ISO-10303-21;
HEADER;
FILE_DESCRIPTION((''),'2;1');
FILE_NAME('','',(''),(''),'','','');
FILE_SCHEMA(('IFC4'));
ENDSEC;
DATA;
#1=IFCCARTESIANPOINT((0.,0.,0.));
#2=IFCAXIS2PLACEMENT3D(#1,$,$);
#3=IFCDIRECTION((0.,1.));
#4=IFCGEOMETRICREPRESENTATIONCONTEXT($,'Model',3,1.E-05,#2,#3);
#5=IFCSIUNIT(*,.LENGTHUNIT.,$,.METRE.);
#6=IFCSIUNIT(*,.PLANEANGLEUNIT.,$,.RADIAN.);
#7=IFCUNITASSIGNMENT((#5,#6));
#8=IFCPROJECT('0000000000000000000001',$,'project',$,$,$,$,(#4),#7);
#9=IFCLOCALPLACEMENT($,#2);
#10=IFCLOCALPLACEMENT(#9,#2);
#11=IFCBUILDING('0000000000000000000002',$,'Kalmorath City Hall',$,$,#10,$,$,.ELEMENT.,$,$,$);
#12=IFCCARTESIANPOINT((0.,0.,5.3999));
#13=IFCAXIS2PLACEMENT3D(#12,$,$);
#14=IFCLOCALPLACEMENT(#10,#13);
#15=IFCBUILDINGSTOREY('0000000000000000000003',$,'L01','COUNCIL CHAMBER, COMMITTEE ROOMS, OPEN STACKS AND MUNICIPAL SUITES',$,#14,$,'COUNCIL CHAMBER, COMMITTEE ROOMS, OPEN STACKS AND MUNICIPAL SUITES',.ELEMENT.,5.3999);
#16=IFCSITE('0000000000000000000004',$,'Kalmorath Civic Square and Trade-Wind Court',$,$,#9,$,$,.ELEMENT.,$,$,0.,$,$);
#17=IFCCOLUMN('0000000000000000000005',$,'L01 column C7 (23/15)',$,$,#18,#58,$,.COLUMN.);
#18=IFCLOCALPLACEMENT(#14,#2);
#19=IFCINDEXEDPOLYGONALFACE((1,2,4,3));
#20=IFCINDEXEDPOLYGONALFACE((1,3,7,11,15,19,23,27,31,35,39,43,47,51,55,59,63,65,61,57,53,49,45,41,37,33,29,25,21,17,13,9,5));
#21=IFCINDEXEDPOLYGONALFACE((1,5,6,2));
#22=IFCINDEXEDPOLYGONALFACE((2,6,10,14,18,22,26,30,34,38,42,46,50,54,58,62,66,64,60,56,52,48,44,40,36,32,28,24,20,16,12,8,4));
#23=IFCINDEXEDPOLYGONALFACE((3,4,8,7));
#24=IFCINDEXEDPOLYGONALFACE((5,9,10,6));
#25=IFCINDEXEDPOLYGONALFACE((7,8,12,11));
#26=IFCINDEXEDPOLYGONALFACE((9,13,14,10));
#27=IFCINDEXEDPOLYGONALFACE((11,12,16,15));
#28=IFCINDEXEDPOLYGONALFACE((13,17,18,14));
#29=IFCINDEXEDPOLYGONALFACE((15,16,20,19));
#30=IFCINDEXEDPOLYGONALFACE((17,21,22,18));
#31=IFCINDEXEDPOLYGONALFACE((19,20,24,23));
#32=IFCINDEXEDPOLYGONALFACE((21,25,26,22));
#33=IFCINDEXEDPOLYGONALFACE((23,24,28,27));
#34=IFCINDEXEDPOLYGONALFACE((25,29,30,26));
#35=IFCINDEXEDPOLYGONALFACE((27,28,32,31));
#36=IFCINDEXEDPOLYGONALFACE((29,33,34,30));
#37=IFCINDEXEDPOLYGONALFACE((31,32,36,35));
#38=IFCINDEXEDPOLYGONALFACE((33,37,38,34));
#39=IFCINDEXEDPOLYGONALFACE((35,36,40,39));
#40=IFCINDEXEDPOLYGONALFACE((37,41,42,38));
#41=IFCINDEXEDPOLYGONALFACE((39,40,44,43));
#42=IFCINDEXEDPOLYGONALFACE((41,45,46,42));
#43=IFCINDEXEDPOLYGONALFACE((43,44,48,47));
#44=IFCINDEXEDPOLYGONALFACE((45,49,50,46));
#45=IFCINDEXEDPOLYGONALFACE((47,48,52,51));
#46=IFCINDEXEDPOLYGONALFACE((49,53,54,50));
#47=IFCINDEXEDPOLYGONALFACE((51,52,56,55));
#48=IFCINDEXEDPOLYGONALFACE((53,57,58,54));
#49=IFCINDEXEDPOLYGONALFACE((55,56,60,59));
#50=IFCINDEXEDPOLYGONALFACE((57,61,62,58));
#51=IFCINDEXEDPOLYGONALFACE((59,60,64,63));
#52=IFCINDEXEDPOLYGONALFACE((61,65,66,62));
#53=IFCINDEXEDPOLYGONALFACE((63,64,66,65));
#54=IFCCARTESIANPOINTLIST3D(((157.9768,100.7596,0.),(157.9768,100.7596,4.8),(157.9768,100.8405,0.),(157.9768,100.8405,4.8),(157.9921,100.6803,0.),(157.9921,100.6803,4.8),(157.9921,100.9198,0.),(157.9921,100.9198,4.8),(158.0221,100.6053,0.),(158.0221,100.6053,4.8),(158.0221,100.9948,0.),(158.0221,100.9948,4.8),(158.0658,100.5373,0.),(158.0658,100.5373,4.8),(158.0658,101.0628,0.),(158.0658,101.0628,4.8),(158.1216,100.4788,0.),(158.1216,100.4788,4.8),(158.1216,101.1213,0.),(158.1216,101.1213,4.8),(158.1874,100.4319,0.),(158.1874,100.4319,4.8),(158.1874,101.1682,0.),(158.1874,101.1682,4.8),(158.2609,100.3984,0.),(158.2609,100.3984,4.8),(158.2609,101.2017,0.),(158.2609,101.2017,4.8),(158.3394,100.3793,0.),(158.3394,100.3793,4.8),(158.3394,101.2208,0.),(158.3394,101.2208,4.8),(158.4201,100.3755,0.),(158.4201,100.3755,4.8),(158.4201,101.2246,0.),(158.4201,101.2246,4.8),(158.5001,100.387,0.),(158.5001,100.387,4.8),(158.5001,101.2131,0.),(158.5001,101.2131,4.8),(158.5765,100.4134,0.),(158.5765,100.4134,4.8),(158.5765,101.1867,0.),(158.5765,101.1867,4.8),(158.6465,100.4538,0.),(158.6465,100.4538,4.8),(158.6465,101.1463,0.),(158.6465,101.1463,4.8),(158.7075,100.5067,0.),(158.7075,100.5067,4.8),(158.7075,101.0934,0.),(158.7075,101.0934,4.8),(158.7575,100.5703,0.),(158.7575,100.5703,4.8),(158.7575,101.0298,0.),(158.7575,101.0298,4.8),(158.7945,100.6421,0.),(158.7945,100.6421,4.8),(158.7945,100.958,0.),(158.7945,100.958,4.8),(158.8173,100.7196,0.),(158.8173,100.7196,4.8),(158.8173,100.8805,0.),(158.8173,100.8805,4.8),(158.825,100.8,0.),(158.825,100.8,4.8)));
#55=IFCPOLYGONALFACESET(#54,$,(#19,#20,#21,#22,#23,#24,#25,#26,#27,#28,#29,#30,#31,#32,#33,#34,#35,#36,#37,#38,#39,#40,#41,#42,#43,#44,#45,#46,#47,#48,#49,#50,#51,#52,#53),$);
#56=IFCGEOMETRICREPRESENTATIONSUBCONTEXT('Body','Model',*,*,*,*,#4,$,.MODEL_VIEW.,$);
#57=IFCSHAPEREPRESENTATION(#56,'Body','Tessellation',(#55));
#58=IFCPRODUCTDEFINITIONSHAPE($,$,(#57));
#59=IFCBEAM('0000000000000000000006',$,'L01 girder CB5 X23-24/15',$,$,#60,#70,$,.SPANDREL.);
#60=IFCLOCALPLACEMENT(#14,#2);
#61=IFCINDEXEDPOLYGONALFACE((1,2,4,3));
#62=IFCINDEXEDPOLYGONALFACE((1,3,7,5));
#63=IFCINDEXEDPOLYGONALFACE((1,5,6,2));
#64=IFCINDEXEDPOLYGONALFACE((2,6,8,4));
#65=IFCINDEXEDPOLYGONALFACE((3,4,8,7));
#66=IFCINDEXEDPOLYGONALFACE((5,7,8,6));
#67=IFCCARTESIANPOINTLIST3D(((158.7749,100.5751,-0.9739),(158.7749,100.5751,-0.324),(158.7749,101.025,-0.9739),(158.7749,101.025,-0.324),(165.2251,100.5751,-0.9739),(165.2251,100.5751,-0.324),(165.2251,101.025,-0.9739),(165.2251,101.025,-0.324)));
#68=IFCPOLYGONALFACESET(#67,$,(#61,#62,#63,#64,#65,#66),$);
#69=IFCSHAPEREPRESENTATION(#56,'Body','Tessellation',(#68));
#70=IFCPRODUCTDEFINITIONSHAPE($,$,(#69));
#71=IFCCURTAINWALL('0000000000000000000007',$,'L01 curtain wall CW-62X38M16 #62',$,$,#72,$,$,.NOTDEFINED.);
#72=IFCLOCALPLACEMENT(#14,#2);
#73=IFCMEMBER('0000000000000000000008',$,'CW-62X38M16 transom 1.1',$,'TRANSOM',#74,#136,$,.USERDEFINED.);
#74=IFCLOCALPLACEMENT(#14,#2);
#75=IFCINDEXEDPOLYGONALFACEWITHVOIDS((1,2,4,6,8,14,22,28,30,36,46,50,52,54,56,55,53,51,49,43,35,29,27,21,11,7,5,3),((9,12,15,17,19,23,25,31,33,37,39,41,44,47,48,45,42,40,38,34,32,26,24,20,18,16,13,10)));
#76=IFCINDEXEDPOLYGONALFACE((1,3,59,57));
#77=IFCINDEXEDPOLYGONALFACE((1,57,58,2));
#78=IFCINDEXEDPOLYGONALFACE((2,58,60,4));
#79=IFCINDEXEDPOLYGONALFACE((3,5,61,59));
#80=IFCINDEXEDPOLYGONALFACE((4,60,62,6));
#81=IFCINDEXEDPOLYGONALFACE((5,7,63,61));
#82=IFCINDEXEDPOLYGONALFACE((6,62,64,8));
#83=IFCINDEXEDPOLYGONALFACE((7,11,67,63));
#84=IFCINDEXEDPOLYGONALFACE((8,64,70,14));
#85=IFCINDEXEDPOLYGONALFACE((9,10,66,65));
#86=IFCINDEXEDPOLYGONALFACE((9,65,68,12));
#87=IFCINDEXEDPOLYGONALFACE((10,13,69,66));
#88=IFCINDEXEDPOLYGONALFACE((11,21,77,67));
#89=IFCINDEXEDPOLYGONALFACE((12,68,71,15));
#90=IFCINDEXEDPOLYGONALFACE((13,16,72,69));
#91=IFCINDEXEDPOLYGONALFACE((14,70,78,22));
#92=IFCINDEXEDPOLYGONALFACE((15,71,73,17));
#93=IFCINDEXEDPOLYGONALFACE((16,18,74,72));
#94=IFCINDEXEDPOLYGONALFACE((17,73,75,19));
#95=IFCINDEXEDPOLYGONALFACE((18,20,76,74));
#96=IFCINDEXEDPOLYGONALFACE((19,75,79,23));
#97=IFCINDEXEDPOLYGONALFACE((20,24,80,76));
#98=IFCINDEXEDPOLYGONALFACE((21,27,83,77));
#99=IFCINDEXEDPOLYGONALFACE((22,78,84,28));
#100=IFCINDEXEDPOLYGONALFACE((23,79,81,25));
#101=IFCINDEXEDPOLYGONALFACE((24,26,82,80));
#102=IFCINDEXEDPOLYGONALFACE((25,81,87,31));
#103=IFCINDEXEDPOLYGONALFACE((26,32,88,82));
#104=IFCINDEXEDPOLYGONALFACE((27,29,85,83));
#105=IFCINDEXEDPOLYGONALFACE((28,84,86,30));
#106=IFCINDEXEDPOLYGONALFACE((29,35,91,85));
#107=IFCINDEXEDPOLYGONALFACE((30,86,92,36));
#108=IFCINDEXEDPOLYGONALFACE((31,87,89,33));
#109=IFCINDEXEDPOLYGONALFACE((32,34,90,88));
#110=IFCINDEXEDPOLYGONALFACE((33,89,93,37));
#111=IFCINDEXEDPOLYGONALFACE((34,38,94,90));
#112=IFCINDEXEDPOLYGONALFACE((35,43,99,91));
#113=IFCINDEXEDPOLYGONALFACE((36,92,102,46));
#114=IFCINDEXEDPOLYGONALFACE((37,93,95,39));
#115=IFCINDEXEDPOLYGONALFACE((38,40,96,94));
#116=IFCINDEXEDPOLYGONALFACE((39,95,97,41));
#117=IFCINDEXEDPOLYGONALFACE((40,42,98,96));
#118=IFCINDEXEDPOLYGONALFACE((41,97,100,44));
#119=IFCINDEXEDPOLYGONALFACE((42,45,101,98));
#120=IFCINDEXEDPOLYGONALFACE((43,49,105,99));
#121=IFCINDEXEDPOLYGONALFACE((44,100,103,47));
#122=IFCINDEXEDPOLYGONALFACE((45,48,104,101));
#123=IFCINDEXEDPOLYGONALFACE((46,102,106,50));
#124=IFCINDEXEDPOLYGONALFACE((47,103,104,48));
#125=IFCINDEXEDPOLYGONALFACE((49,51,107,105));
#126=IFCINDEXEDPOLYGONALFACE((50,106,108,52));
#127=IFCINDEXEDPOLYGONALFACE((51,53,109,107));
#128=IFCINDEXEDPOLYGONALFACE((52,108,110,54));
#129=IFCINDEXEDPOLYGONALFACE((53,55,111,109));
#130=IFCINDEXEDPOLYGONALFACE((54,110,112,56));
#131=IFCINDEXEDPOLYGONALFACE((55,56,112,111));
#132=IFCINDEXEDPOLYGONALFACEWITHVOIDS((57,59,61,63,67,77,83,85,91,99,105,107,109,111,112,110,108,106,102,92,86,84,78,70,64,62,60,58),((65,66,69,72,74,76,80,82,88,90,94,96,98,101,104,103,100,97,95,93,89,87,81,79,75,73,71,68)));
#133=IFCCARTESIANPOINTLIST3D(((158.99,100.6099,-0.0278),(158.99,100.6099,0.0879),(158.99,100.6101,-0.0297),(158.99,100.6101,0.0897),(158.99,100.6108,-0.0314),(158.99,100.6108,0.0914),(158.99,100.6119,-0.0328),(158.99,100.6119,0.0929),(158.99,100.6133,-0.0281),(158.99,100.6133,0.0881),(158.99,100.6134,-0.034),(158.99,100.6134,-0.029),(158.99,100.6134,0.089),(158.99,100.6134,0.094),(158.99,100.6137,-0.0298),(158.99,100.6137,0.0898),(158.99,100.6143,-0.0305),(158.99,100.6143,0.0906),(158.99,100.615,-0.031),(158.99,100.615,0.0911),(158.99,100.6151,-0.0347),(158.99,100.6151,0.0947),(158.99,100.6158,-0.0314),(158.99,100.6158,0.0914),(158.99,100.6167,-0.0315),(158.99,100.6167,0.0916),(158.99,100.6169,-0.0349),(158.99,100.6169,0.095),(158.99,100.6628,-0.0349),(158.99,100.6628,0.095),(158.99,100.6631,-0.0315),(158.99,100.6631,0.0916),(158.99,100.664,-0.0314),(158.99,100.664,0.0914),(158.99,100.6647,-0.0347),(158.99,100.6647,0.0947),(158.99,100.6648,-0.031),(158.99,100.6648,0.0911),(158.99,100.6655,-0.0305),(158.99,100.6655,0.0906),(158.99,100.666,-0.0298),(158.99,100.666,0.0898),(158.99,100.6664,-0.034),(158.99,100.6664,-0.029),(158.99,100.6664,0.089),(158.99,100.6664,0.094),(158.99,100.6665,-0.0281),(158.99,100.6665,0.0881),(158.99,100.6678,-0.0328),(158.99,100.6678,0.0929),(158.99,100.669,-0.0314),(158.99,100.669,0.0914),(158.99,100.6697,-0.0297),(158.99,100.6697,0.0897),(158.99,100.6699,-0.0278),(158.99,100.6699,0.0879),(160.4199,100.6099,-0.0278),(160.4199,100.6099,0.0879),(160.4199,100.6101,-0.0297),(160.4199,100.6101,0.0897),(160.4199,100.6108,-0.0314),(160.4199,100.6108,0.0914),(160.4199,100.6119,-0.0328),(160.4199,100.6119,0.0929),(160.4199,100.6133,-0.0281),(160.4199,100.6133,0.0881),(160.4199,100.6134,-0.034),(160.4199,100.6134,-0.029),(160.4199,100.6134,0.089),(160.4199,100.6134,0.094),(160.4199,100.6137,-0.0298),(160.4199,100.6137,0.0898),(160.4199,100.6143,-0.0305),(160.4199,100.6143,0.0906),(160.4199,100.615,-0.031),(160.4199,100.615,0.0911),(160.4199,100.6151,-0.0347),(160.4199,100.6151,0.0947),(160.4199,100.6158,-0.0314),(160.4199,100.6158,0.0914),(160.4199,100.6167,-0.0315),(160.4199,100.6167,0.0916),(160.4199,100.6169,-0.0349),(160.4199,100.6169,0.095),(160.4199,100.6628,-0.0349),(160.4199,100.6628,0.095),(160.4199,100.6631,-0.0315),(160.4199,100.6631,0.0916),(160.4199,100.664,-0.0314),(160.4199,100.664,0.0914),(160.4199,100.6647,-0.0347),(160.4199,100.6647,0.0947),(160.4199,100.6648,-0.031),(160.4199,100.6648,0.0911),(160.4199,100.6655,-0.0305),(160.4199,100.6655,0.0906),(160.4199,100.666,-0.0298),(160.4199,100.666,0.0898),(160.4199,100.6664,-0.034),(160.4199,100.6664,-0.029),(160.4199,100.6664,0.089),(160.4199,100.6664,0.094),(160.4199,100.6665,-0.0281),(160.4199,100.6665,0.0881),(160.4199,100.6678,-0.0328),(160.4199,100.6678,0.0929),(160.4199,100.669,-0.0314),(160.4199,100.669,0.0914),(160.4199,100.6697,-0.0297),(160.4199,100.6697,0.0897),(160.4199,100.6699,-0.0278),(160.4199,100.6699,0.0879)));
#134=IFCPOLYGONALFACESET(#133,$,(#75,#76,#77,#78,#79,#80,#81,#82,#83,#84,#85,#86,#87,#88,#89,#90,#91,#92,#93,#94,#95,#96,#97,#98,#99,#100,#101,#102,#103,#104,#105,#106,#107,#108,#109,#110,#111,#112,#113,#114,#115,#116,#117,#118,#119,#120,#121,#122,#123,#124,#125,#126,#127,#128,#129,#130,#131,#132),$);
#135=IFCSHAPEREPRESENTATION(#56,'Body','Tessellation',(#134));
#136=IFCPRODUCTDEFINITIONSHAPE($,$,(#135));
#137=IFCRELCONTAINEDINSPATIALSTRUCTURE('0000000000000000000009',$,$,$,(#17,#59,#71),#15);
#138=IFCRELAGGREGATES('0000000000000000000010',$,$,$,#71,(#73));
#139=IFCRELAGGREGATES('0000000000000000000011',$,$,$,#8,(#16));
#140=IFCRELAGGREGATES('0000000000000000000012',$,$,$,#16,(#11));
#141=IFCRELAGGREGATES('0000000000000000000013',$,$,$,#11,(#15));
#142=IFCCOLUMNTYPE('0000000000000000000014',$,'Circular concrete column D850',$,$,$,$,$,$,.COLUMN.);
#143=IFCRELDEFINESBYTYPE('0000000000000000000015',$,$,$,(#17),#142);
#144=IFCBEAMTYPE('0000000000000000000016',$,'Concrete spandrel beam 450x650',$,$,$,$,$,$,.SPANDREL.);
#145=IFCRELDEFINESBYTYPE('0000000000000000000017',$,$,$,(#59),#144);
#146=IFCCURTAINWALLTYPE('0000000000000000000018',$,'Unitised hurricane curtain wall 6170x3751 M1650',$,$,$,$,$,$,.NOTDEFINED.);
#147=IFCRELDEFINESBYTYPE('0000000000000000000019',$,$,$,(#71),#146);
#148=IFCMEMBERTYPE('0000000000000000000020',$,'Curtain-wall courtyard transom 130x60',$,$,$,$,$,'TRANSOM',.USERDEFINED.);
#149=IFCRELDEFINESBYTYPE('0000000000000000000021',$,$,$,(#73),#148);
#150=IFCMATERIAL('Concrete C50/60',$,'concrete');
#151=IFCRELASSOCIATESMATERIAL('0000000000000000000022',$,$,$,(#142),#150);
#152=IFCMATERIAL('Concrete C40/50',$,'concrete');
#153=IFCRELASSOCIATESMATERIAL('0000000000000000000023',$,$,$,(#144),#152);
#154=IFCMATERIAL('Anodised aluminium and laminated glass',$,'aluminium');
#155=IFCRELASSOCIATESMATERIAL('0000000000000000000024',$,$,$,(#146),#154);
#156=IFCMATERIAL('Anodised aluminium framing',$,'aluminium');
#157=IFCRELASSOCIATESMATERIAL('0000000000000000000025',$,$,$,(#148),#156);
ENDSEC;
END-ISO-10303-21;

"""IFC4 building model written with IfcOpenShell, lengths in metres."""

from ifc_helpers import new_model, si_unit, direction, frame, origin, origin_2d, place, context, subcontext, project, spatial, rectangle, hollow_rectangle, circle, extrude, material, material_profile, profile_set, type_object, element, aggregate, save


model = new_model("IFC4")

# Units and contexts
model_context = context("Model", 3, precision=1e-05, world=origin(), true_north=direction((0.0, 1.0)))
body_context = subcontext(model_context, "Body", "Model", "MODEL_VIEW")
ifc_project = project(units=[si_unit("LENGTHUNIT", "METRE"), si_unit("PLANEANGLEUNIT", "RADIAN")], contexts=[model_context])

# Site, building, storey
site_placement = place(None, origin())
site = spatial("IfcSite", under=ifc_project, at=site_placement, Name="Kalmorath Civic Square and Trade-Wind Court", CompositionType="ELEMENT", RefElevation=0.0)
building_placement = place(site_placement, origin())
building = spatial("IfcBuilding", under=site, at=building_placement, Name="Kalmorath City Hall", CompositionType="ELEMENT")
storey_placement = place(building_placement, frame((0.0, 0.0, 5.3999)))
storey = spatial("IfcBuildingStorey", under=building, at=storey_placement, Name="L01", Description="COUNCIL CHAMBER, COMMITTEE ROOMS, OPEN STACKS AND MUNICIPAL SUITES", LongName="COUNCIL CHAMBER, COMMITTEE ROOMS, OPEN STACKS AND MUNICIPAL SUITES", CompositionType="ELEMENT", Elevation=5.3999)

# Column
ifc_material_1 = material(Name="Concrete C50/60", Category="concrete")
ifc_material_profile_1 = material_profile(ifc_material_1, circle(Radius=0.425, at=origin_2d()), Name="RC-COL-D850")
ifc_profile_set_1 = profile_set([ifc_material_profile_1], Name="Concrete C50/60")
column_type = type_object("IfcColumnType", Name="Circular concrete column D850", PredefinedType="COLUMN", material=ifc_profile_set_1)
column_placement = place(storey_placement, frame((158.3999, 100.8, 0.0), z_axis=(0.0, 0.0, 1.0), x_axis=(1.0, 0.0, 0.0)))
element("IfcColumn", 1, at=column_placement, inside=storey, type_object=column_type, Name="L01 column C7 (23/15)", PredefinedType="COLUMN", context=body_context, shape_type="SweptSolid", body=[
    extrude(circle(Radius=0.425, at=origin_2d()), origin(), (0.0, 0.0, 1.0), 4.8),
])

# Beam
ifc_material_2 = material(Name="Concrete C40/50", Category="concrete")
ifc_material_profile_2 = material_profile(ifc_material_2, rectangle(XDim=0.45, YDim=0.6499, at=origin_2d()), Name="RC-BM-450X650")
ifc_profile_set_2 = profile_set([ifc_material_profile_2], Name="Concrete C40/50")
beam_type_1 = type_object("IfcBeamType", Name="Concrete spandrel beam 450x650", PredefinedType="SPANDREL", material=ifc_profile_set_2)
beam_1_placement = place(storey_placement, frame((158.7749, 100.8, -0.6489), z_axis=(1.0, 0.0, 0.0), x_axis=(0.0, 1.0, 0.0)))
element("IfcBeam", 2, at=beam_1_placement, inside=storey, type_object=beam_type_1, Name="L01 girder CB5 X23-24/15", PredefinedType="SPANDREL", context=body_context, shape_type="SweptSolid", body=[
    extrude(rectangle(XDim=0.45, YDim=0.6499, at=origin_2d()), origin(), (0.0, 0.0, 1.0), 6.4502),
])

# Curtain wall, member
ifc_material_3 = material(Name="Anodised aluminium and laminated glass", Category="aluminium")
curtain_wall_type = type_object("IfcCurtainWallType", Name="Unitised hurricane curtain wall 6170x3751 M1650", PredefinedType="NOTDEFINED", material=ifc_material_3)
curtain_wall_placement = place(storey_placement, origin())
curtain_wall = element("IfcCurtainWall", 3, at=curtain_wall_placement, inside=storey, type_object=curtain_wall_type, Name="L01 curtain wall CW-62X38M16 #62", PredefinedType="NOTDEFINED")
ifc_material_4 = material(Name="Anodised aluminium framing", Category="aluminium")
ifc_material_profile_3 = material_profile(ifc_material_4, hollow_rectangle(XDim=0.0601, YDim=0.1299, WallThickness=0.0034, InnerFilletRadius=0.0034, OuterFilletRadius=0.0071, at=origin_2d()), Name="ALU-TRN-130X60X3.5")
ifc_profile_set_3 = profile_set([ifc_material_profile_3], Name="Anodised aluminium framing")
member_type_1 = type_object("IfcMemberType", Name="Curtain-wall courtyard transom 130x60", ElementType="TRANSOM", PredefinedType="USERDEFINED", material=ifc_profile_set_3)
member_1_placement = place(storey_placement, frame((158.99, 100.6399, 0.03), z_axis=(1.0, 0.0, 0.0), x_axis=(0.0, 1.0, 0.0)))
member_1 = element("IfcMember", 4, at=member_1_placement, type_object=member_type_1, Name="CW-62X38M16 transom 1.1", ObjectType="TRANSOM", PredefinedType="USERDEFINED", context=body_context, shape_type="SweptSolid", body=[
    extrude(hollow_rectangle(XDim=0.0601, YDim=0.1299, WallThickness=0.0034, InnerFilletRadius=0.0034, OuterFilletRadius=0.0071, at=origin_2d()), origin(), (0.0, 0.0, 1.0), 1.4299),
])

aggregate(curtain_wall, [member_1])

save(model, "model.ifc")
